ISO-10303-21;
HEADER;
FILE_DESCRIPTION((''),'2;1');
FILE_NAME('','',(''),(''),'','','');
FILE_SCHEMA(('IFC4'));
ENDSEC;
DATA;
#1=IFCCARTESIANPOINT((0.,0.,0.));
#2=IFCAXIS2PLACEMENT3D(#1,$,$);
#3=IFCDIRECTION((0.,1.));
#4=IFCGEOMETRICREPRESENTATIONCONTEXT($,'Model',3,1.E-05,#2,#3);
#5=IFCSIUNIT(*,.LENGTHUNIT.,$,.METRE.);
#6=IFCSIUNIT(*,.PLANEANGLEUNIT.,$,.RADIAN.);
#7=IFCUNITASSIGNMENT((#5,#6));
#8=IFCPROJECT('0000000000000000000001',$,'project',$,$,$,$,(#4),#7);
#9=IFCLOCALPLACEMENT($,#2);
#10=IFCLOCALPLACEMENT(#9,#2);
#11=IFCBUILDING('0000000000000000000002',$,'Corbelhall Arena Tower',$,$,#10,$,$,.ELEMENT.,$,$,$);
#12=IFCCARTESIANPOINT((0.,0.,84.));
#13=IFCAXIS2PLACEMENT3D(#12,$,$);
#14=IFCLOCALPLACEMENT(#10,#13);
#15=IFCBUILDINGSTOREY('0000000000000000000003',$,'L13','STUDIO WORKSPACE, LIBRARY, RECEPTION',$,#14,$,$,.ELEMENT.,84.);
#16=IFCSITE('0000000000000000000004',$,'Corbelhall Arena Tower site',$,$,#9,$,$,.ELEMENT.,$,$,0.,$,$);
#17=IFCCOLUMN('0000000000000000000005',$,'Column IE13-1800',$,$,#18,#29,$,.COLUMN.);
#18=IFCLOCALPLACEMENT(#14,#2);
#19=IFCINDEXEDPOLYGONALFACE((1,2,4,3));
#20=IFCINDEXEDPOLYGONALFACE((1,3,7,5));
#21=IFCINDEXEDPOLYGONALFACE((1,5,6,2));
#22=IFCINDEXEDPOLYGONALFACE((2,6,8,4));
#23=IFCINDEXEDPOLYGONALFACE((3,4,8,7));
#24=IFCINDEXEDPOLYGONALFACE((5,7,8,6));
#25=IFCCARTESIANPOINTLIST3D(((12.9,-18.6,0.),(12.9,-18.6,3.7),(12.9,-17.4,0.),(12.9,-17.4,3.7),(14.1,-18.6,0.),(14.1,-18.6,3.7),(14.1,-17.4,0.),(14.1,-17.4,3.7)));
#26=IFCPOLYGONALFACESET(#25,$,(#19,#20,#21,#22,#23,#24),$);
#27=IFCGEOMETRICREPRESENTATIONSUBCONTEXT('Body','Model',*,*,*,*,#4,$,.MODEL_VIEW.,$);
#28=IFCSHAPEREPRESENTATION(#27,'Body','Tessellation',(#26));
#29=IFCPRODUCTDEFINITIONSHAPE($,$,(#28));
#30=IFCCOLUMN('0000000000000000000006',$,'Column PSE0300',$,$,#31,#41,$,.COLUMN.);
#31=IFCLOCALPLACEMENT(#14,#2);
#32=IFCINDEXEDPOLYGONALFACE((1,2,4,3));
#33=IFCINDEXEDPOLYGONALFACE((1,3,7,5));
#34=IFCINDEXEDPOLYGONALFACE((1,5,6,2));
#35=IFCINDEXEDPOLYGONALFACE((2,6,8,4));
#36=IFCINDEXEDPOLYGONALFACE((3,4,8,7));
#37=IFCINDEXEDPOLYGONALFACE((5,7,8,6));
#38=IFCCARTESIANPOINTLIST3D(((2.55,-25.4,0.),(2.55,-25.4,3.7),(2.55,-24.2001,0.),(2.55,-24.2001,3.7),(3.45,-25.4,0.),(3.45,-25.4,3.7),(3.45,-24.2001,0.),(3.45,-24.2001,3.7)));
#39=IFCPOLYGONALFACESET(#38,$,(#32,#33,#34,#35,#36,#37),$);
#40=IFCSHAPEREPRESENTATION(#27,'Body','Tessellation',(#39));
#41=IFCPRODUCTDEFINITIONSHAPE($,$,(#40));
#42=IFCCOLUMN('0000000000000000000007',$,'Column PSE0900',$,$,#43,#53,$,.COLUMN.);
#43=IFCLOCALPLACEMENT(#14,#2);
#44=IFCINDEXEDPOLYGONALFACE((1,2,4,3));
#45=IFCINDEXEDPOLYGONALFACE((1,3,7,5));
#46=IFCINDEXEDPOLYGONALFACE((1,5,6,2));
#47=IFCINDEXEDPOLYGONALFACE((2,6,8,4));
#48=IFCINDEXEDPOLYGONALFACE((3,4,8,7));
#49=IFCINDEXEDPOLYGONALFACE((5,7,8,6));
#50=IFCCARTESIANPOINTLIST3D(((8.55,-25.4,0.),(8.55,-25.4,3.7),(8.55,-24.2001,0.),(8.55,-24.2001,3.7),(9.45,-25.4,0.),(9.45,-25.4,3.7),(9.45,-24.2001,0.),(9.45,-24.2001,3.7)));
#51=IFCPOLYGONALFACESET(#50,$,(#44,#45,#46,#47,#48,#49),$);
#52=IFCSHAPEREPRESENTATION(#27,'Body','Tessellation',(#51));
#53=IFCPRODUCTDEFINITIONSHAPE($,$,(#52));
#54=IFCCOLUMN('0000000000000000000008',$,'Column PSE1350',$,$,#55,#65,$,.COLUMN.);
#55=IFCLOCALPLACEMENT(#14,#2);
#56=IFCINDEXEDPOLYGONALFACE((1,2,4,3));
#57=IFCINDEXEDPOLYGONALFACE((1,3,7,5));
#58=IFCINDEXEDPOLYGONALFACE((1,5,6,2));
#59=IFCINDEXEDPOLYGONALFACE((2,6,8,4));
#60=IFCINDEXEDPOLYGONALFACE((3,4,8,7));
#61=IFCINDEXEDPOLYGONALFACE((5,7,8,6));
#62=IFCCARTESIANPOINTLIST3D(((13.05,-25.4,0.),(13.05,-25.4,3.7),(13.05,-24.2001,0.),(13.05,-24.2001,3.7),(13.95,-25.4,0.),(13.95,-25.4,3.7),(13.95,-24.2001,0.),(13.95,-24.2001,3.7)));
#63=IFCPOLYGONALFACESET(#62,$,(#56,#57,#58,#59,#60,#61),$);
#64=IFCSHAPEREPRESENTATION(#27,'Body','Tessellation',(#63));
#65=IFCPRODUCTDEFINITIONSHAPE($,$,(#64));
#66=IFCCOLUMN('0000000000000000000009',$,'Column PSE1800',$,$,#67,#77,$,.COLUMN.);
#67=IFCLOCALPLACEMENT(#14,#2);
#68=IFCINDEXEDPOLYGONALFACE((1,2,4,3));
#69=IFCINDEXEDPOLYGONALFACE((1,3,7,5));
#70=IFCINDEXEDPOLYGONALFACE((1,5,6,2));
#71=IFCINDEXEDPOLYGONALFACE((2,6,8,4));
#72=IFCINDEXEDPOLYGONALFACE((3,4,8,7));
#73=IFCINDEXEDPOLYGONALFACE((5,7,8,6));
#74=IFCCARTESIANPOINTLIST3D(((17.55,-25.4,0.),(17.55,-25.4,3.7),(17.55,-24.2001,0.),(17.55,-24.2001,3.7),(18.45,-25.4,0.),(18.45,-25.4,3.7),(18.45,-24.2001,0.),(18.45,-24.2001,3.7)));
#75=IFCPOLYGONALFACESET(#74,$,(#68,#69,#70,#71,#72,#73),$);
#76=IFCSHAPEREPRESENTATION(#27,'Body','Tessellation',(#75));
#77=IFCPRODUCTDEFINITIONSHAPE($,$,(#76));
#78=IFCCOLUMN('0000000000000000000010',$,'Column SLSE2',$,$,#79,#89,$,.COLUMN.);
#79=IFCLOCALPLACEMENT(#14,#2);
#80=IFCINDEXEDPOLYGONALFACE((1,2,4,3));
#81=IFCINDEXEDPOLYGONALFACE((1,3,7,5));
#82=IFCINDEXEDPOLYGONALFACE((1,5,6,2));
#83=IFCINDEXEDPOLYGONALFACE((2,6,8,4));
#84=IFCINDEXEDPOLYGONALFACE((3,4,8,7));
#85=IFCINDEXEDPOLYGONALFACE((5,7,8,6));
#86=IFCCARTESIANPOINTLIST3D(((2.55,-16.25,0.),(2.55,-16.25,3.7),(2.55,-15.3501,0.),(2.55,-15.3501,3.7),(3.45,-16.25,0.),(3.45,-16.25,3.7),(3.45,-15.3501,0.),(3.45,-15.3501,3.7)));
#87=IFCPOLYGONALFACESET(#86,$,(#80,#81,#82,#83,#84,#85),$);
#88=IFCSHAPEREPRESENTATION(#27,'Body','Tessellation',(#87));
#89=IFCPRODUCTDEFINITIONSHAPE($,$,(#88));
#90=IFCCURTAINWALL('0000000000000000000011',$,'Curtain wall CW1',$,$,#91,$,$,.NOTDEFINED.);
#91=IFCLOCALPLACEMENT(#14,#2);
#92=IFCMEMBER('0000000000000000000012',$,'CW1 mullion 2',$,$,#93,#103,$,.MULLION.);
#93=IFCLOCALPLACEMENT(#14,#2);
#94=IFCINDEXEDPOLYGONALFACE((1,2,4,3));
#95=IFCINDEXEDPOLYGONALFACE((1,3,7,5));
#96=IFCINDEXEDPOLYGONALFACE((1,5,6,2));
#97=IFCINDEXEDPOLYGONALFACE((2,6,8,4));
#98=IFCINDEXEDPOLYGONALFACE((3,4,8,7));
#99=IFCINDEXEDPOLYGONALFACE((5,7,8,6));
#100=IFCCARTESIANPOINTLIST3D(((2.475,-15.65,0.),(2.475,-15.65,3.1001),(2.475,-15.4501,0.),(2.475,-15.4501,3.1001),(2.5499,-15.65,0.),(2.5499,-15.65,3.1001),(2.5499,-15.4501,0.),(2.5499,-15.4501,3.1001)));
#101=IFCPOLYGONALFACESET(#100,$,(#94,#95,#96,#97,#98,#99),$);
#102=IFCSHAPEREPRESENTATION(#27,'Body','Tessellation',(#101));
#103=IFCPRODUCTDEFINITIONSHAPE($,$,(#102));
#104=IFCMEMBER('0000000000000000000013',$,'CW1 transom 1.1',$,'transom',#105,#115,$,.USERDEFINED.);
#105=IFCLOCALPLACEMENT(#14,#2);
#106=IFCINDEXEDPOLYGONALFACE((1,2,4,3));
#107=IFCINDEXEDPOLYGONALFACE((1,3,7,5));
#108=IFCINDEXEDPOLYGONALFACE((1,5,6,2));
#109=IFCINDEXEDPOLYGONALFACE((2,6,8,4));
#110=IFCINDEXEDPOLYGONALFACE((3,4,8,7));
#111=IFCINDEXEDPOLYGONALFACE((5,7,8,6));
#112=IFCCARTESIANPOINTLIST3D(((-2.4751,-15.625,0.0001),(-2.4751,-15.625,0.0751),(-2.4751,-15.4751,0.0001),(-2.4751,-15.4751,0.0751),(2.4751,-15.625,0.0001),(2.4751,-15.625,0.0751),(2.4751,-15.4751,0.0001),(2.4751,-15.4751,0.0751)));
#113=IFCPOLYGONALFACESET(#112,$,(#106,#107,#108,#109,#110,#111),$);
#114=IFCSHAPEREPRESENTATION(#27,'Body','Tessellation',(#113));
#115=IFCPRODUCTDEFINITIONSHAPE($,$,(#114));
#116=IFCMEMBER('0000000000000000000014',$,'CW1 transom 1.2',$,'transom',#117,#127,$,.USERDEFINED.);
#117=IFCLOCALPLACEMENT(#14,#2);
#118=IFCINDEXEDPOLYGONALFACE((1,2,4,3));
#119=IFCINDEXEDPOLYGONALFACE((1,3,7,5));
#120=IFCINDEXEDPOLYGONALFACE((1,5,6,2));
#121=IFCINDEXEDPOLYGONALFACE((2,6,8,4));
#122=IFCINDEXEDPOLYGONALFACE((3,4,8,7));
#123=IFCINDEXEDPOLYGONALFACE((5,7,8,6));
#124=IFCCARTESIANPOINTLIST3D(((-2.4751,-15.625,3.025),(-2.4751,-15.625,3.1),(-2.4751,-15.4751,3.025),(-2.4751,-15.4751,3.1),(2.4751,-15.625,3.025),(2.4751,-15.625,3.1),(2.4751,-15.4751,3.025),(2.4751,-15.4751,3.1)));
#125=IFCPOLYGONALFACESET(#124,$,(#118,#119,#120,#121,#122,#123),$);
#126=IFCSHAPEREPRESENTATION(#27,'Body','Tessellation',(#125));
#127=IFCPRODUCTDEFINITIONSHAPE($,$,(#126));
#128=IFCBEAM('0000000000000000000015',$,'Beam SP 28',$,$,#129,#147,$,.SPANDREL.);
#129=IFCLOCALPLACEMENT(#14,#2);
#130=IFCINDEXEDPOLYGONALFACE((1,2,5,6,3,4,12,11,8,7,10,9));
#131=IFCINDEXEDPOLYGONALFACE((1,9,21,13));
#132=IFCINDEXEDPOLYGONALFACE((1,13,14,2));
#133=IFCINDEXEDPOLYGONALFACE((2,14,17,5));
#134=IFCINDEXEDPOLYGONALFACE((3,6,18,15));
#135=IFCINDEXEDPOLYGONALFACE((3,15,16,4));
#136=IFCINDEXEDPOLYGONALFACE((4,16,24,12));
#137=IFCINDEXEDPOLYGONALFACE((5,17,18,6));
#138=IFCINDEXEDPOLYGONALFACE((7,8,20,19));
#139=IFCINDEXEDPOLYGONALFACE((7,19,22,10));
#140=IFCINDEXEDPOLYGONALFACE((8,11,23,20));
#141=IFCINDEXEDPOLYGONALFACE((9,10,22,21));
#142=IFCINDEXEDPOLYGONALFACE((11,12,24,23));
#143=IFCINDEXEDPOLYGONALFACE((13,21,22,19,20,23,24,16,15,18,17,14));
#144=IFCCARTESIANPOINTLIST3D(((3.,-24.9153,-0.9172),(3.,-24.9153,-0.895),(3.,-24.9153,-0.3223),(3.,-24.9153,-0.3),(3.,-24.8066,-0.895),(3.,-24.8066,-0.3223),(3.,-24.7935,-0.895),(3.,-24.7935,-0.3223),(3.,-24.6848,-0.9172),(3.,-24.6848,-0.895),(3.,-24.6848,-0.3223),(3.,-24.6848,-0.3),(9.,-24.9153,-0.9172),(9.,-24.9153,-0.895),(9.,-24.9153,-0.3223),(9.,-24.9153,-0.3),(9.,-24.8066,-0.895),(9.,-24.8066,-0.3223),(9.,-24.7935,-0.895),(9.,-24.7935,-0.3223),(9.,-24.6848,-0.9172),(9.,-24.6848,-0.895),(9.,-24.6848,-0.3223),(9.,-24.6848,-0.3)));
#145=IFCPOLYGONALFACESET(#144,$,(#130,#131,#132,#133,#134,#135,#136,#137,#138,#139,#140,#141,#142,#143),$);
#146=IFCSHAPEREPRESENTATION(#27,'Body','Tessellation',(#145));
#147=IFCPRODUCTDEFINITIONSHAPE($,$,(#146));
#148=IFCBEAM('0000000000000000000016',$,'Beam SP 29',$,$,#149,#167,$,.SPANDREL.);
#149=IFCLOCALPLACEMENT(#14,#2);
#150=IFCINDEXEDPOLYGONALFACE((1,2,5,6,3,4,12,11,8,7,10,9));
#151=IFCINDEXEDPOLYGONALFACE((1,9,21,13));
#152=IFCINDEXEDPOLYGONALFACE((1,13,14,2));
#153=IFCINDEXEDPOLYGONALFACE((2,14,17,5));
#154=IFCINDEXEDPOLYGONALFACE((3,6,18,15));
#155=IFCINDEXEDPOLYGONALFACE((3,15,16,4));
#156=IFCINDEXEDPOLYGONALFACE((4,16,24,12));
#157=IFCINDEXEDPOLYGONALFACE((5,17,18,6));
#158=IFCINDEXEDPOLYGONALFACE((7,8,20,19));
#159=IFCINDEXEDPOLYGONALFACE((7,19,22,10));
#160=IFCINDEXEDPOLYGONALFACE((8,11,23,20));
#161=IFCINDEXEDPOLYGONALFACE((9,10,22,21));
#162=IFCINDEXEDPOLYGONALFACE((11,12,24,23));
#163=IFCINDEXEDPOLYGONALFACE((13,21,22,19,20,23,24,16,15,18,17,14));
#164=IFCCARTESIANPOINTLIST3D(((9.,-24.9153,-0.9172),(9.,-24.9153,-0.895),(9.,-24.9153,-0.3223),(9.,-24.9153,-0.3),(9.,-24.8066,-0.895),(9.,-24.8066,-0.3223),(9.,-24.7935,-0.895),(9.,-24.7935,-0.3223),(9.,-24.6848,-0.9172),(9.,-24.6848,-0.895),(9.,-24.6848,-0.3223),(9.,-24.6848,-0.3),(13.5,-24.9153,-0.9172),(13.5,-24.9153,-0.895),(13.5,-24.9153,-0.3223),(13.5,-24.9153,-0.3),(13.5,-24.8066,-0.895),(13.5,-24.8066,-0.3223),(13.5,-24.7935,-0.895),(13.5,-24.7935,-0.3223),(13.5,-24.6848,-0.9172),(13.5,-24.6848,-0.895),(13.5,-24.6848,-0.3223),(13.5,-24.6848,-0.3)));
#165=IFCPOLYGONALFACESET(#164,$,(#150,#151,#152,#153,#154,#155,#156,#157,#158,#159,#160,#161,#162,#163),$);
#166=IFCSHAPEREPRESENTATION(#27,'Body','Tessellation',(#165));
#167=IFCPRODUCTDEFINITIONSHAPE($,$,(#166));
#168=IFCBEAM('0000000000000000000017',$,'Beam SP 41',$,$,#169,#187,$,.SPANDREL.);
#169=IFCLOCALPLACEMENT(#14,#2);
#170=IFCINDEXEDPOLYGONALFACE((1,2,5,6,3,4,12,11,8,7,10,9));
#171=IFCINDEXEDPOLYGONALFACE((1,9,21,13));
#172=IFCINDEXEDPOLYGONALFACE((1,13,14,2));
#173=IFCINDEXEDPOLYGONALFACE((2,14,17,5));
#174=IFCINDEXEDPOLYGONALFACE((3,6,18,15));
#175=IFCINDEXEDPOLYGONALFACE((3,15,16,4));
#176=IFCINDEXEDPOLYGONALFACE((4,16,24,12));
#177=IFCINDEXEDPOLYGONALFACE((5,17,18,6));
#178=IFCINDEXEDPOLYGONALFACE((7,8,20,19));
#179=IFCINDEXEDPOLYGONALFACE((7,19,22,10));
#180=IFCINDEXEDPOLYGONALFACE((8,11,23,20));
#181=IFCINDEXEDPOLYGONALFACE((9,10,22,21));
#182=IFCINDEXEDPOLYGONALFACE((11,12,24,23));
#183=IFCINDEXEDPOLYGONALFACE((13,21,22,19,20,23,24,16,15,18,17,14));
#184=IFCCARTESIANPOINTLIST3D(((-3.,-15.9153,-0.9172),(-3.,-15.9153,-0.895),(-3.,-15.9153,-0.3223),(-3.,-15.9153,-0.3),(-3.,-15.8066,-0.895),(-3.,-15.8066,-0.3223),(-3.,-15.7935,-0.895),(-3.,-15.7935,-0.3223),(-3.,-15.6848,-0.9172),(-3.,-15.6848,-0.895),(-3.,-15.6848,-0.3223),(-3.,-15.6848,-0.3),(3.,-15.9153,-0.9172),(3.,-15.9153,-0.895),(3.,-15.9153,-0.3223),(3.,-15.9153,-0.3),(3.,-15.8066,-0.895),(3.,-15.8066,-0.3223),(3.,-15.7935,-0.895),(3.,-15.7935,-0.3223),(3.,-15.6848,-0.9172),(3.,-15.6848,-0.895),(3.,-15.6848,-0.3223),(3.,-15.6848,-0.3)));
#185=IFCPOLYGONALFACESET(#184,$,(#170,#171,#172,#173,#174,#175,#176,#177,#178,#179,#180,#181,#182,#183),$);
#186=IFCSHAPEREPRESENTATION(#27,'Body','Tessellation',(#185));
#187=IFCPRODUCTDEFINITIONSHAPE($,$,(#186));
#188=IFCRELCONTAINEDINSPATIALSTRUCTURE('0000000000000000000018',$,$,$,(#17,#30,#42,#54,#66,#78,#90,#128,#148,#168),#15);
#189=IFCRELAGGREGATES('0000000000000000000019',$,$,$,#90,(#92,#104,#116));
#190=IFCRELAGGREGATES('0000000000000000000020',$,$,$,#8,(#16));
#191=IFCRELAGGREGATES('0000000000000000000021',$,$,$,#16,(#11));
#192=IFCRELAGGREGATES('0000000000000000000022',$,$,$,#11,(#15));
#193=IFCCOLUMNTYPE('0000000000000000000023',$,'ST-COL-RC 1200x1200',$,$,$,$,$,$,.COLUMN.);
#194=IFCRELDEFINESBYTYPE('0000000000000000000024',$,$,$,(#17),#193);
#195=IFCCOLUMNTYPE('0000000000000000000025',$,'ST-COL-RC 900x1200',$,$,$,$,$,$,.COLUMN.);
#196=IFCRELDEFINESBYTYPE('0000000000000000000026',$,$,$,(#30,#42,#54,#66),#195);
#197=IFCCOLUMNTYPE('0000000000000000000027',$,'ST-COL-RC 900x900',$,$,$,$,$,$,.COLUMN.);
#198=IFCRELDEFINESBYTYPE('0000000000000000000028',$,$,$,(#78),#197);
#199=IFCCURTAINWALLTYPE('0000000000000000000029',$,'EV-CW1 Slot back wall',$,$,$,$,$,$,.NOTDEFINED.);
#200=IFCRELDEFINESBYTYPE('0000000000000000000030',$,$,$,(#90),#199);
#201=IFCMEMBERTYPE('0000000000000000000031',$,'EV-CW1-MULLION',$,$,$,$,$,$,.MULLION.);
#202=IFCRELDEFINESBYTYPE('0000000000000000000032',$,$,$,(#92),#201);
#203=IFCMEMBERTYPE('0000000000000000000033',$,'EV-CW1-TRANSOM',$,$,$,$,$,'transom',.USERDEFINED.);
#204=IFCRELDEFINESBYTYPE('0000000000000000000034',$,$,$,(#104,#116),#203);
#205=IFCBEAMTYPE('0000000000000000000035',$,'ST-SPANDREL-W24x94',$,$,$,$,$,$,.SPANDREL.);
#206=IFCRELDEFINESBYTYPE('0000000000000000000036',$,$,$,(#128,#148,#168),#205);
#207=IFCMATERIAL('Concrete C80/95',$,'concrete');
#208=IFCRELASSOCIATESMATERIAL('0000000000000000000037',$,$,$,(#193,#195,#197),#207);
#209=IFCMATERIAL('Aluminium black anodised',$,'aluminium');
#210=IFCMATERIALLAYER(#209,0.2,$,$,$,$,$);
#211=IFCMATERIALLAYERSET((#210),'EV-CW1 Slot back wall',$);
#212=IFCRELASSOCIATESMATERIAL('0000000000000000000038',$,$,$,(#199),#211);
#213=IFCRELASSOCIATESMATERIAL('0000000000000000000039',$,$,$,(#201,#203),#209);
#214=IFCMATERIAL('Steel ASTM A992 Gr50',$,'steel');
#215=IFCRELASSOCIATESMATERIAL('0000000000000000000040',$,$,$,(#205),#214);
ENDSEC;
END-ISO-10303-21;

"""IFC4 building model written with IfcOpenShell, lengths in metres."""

from ifc_helpers import new_model, si_unit, direction, frame, origin, origin_2d, place, context, subcontext, project, spatial, rectangle, i_section, extrude, material, layer, layer_set, material_profile, profile_set, type_object, element, aggregate, save


model = new_model("IFC4")

# Units and contexts
model_context = context("Model", 3, precision=1e-05, world=origin(), true_north=direction((0.0, 1.0)))
body_context = subcontext(model_context, "Body", "Model", "MODEL_VIEW")
ifc_project = project(units=[si_unit("LENGTHUNIT", "METRE"), si_unit("PLANEANGLEUNIT", "RADIAN")], contexts=[model_context])

# Site, building, storey
site_placement = place(None, origin())
site = spatial("IfcSite", under=ifc_project, at=site_placement, Name="Corbelhall Arena Tower site", CompositionType="ELEMENT", RefElevation=0.0)
building_placement = place(site_placement, origin())
building = spatial("IfcBuilding", under=site, at=building_placement, Name="Corbelhall Arena Tower", CompositionType="ELEMENT")
storey_placement = place(building_placement, frame((0.0, 0.0, 84.0)))
storey = spatial("IfcBuildingStorey", under=building, at=storey_placement, Name="L13", Description="STUDIO WORKSPACE, LIBRARY, RECEPTION", CompositionType="ELEMENT", Elevation=84.0)

# Columns
ifc_material_1 = material(Name="Concrete C80/95", Category="concrete")
ifc_material_profile_1 = material_profile(ifc_material_1, rectangle(XDim=1.2, YDim=1.2, at=origin_2d()))
ifc_profile_set_1 = profile_set([ifc_material_profile_1], Name="Concrete C80/95")
column_type_1 = type_object("IfcColumnType", Name="ST-COL-RC 1200x1200", PredefinedType="COLUMN", material=ifc_profile_set_1)
column_1_placement = place(storey_placement, frame((13.5, -18.0, 0.0), z_axis=(0.0, 0.0, 1.0), x_axis=(1.0, 0.0, 0.0)))
element("IfcColumn", 1, at=column_1_placement, inside=storey, type_object=column_type_1, Name="Column IE13-1800", PredefinedType="COLUMN", context=body_context, shape_type="SweptSolid", body=[
    extrude(rectangle(XDim=1.2, YDim=1.2, at=origin_2d()), origin(), (0.0, 0.0, 1.0), 3.7),
])
ifc_material_profile_2 = material_profile(ifc_material_1, rectangle(XDim=0.8999, YDim=1.2, at=origin_2d()))
ifc_profile_set_2 = profile_set([ifc_material_profile_2], Name="Concrete C80/95")
column_type_2 = type_object("IfcColumnType", Name="ST-COL-RC 900x1200", PredefinedType="COLUMN", material=ifc_profile_set_2)
for number, where, z_axis, x_axis, name in (
    (2, (3.0, -24.8, 0.0), (0.0, 0.0, 1.0), (1.0, 0.0, 0.0), "Column PSE0300"),
    (3, (9.0, -24.8, 0.0), (0.0, 0.0, 1.0), (1.0, 0.0, 0.0), "Column PSE0900"),
    (4, (13.5, -24.8, 0.0), (0.0, 0.0, 1.0), (1.0, 0.0, 0.0), "Column PSE1350"),
    (5, (18.0, -24.8, 0.0), (0.0, 0.0, 1.0), (1.0, 0.0, 0.0), "Column PSE1800"),
):
    element("IfcColumn", number, at=place(storey_placement, frame(where, z_axis=z_axis, x_axis=x_axis)), inside=storey, type_object=column_type_2, Name=name, PredefinedType="COLUMN", context=body_context, shape_type="SweptSolid", body=[
        extrude(rectangle(XDim=0.8999, YDim=1.2, at=origin_2d()), origin(), (0.0, 0.0, 1.0), 3.7),
    ])
ifc_material_profile_3 = material_profile(ifc_material_1, rectangle(XDim=0.8999, YDim=0.8999, at=origin_2d()))
ifc_profile_set_3 = profile_set([ifc_material_profile_3], Name="Concrete C80/95")
column_type_3 = type_object("IfcColumnType", Name="ST-COL-RC 900x900", PredefinedType="COLUMN", material=ifc_profile_set_3)
column_2_placement = place(storey_placement, frame((3.0, -15.8, 0.0), z_axis=(0.0, 0.0, 1.0), x_axis=(1.0, 0.0, 0.0)))
element("IfcColumn", 6, at=column_2_placement, inside=storey, type_object=column_type_3, Name="Column SLSE2", PredefinedType="COLUMN", context=body_context, shape_type="SweptSolid", body=[
    extrude(rectangle(XDim=0.8999, YDim=0.8999, at=origin_2d()), origin(), (0.0, 0.0, 1.0), 3.7),
])

# Curtain wall, members
ifc_material_2 = material(Name="Aluminium black anodised", Category="aluminium")
ifc_layer_1 = layer(ifc_material_2, 0.2)
ifc_layer_set_1 = layer_set([ifc_layer_1], Name="EV-CW1 Slot back wall")
curtain_wall_type = type_object("IfcCurtainWallType", Name="EV-CW1 Slot back wall", PredefinedType="NOTDEFINED", material=ifc_layer_set_1)
curtain_wall_placement = place(storey_placement, origin())
curtain_wall = element("IfcCurtainWall", 7, at=curtain_wall_placement, inside=storey, type_object=curtain_wall_type, Name="Curtain wall CW1", PredefinedType="NOTDEFINED")
ifc_material_profile_4 = material_profile(ifc_material_2, rectangle(XDim=0.2, YDim=0.075, at=origin_2d()))
ifc_profile_set_4 = profile_set([ifc_material_profile_4], Name="Aluminium black anodised")
member_type_1 = type_object("IfcMemberType", Name="EV-CW1-MULLION", PredefinedType="MULLION", material=ifc_profile_set_4)
member_1_placement = place(storey_placement, frame((2.5125, -15.55, 0.0), z_axis=(0.0, 0.0, 1.0), x_axis=(0.0, 1.0, 0.0)))
member_1 = element("IfcMember", 8, at=member_1_placement, type_object=member_type_1, Name="CW1 mullion 2", PredefinedType="MULLION", context=body_context, shape_type="SweptSolid", body=[
    extrude(rectangle(XDim=0.2, YDim=0.075, at=origin_2d()), origin(), (0.0, 0.0, 1.0), 3.1001),
])
ifc_material_profile_5 = material_profile(ifc_material_2, rectangle(XDim=0.1499, YDim=0.075, at=origin_2d()))
ifc_profile_set_5 = profile_set([ifc_material_profile_5], Name="Aluminium black anodised")
member_type_2 = type_object("IfcMemberType", Name="EV-CW1-TRANSOM", ElementType="transom", PredefinedType="USERDEFINED", material=ifc_profile_set_5)
member_2_placement = place(storey_placement, frame((-2.4751, -15.55, 0.0376), z_axis=(1.0, 0.0, 0.0), x_axis=(0.0, 1.0, 0.0)))
member_2 = element("IfcMember", 9, at=member_2_placement, type_object=member_type_2, Name="CW1 transom 1.1", ObjectType="transom", PredefinedType="USERDEFINED", context=body_context, shape_type="SweptSolid", body=[
    extrude(rectangle(XDim=0.1499, YDim=0.075, at=origin_2d()), origin(), (0.0, 0.0, 1.0), 4.9502),
])
member_3_placement = place(storey_placement, frame((-2.4751, -15.55, 3.0625), z_axis=(1.0, 0.0, 0.0), x_axis=(0.0, 1.0, 0.0)))
member_3 = element("IfcMember", 10, at=member_3_placement, type_object=member_type_2, Name="CW1 transom 1.2", ObjectType="transom", PredefinedType="USERDEFINED", context=body_context, shape_type="SweptSolid", body=[
    extrude(rectangle(XDim=0.1499, YDim=0.075, at=origin_2d()), origin(), (0.0, 0.0, 1.0), 4.9502),
])

# Beams
ifc_material_3 = material(Name="Steel ASTM A992 Gr50", Category="steel")
ifc_material_profile_6 = material_profile(ifc_material_3, i_section(OverallWidth=0.2305, OverallDepth=0.6172, WebThickness=0.0132, FlangeThickness=0.0222, at=origin_2d()))
ifc_profile_set_6 = profile_set([ifc_material_profile_6], Name="Steel ASTM A992 Gr50")
beam_type_1 = type_object("IfcBeamType", Name="ST-SPANDREL-W24x94", PredefinedType="SPANDREL", material=ifc_profile_set_6)
beam_1_placement = place(storey_placement, frame((9.0, -24.8, -0.6086), z_axis=(-1.0, 0.0, 0.0), x_axis=(0.0, -1.0, 0.0)))
element("IfcBeam", 11, at=beam_1_placement, inside=storey, type_object=beam_type_1, Name="Beam SP 28", PredefinedType="SPANDREL", context=body_context, shape_type="SweptSolid", body=[
    extrude(i_section(OverallWidth=0.2305, OverallDepth=0.6172, WebThickness=0.0132, FlangeThickness=0.0222, at=origin_2d()), origin(), (0.0, 0.0, 1.0), 6.0),
])
beam_2_placement = place(storey_placement, frame((13.5, -24.8, -0.6086), z_axis=(-1.0, 0.0, 0.0), x_axis=(0.0, -1.0, 0.0)))
element("IfcBeam", 12, at=beam_2_placement, inside=storey, type_object=beam_type_1, Name="Beam SP 29", PredefinedType="SPANDREL", context=body_context, shape_type="SweptSolid", body=[
    extrude(i_section(OverallWidth=0.2305, OverallDepth=0.6172, WebThickness=0.0132, FlangeThickness=0.0222, at=origin_2d()), origin(), (0.0, 0.0, 1.0), 4.5),
])
beam_3_placement = place(storey_placement, frame((3.0, -15.8, -0.6086), z_axis=(-1.0, 0.0, 0.0), x_axis=(0.0, -1.0, 0.0)))
element("IfcBeam", 13, at=beam_3_placement, inside=storey, type_object=beam_type_1, Name="Beam SP 41", PredefinedType="SPANDREL", context=body_context, shape_type="SweptSolid", body=[
    extrude(i_section(OverallWidth=0.2305, OverallDepth=0.6172, WebThickness=0.0132, FlangeThickness=0.0222, at=origin_2d()), origin(), (0.0, 0.0, 1.0), 6.0),
])

aggregate(curtain_wall, [member_1, member_2, member_3])

save(model, "model.ifc")
